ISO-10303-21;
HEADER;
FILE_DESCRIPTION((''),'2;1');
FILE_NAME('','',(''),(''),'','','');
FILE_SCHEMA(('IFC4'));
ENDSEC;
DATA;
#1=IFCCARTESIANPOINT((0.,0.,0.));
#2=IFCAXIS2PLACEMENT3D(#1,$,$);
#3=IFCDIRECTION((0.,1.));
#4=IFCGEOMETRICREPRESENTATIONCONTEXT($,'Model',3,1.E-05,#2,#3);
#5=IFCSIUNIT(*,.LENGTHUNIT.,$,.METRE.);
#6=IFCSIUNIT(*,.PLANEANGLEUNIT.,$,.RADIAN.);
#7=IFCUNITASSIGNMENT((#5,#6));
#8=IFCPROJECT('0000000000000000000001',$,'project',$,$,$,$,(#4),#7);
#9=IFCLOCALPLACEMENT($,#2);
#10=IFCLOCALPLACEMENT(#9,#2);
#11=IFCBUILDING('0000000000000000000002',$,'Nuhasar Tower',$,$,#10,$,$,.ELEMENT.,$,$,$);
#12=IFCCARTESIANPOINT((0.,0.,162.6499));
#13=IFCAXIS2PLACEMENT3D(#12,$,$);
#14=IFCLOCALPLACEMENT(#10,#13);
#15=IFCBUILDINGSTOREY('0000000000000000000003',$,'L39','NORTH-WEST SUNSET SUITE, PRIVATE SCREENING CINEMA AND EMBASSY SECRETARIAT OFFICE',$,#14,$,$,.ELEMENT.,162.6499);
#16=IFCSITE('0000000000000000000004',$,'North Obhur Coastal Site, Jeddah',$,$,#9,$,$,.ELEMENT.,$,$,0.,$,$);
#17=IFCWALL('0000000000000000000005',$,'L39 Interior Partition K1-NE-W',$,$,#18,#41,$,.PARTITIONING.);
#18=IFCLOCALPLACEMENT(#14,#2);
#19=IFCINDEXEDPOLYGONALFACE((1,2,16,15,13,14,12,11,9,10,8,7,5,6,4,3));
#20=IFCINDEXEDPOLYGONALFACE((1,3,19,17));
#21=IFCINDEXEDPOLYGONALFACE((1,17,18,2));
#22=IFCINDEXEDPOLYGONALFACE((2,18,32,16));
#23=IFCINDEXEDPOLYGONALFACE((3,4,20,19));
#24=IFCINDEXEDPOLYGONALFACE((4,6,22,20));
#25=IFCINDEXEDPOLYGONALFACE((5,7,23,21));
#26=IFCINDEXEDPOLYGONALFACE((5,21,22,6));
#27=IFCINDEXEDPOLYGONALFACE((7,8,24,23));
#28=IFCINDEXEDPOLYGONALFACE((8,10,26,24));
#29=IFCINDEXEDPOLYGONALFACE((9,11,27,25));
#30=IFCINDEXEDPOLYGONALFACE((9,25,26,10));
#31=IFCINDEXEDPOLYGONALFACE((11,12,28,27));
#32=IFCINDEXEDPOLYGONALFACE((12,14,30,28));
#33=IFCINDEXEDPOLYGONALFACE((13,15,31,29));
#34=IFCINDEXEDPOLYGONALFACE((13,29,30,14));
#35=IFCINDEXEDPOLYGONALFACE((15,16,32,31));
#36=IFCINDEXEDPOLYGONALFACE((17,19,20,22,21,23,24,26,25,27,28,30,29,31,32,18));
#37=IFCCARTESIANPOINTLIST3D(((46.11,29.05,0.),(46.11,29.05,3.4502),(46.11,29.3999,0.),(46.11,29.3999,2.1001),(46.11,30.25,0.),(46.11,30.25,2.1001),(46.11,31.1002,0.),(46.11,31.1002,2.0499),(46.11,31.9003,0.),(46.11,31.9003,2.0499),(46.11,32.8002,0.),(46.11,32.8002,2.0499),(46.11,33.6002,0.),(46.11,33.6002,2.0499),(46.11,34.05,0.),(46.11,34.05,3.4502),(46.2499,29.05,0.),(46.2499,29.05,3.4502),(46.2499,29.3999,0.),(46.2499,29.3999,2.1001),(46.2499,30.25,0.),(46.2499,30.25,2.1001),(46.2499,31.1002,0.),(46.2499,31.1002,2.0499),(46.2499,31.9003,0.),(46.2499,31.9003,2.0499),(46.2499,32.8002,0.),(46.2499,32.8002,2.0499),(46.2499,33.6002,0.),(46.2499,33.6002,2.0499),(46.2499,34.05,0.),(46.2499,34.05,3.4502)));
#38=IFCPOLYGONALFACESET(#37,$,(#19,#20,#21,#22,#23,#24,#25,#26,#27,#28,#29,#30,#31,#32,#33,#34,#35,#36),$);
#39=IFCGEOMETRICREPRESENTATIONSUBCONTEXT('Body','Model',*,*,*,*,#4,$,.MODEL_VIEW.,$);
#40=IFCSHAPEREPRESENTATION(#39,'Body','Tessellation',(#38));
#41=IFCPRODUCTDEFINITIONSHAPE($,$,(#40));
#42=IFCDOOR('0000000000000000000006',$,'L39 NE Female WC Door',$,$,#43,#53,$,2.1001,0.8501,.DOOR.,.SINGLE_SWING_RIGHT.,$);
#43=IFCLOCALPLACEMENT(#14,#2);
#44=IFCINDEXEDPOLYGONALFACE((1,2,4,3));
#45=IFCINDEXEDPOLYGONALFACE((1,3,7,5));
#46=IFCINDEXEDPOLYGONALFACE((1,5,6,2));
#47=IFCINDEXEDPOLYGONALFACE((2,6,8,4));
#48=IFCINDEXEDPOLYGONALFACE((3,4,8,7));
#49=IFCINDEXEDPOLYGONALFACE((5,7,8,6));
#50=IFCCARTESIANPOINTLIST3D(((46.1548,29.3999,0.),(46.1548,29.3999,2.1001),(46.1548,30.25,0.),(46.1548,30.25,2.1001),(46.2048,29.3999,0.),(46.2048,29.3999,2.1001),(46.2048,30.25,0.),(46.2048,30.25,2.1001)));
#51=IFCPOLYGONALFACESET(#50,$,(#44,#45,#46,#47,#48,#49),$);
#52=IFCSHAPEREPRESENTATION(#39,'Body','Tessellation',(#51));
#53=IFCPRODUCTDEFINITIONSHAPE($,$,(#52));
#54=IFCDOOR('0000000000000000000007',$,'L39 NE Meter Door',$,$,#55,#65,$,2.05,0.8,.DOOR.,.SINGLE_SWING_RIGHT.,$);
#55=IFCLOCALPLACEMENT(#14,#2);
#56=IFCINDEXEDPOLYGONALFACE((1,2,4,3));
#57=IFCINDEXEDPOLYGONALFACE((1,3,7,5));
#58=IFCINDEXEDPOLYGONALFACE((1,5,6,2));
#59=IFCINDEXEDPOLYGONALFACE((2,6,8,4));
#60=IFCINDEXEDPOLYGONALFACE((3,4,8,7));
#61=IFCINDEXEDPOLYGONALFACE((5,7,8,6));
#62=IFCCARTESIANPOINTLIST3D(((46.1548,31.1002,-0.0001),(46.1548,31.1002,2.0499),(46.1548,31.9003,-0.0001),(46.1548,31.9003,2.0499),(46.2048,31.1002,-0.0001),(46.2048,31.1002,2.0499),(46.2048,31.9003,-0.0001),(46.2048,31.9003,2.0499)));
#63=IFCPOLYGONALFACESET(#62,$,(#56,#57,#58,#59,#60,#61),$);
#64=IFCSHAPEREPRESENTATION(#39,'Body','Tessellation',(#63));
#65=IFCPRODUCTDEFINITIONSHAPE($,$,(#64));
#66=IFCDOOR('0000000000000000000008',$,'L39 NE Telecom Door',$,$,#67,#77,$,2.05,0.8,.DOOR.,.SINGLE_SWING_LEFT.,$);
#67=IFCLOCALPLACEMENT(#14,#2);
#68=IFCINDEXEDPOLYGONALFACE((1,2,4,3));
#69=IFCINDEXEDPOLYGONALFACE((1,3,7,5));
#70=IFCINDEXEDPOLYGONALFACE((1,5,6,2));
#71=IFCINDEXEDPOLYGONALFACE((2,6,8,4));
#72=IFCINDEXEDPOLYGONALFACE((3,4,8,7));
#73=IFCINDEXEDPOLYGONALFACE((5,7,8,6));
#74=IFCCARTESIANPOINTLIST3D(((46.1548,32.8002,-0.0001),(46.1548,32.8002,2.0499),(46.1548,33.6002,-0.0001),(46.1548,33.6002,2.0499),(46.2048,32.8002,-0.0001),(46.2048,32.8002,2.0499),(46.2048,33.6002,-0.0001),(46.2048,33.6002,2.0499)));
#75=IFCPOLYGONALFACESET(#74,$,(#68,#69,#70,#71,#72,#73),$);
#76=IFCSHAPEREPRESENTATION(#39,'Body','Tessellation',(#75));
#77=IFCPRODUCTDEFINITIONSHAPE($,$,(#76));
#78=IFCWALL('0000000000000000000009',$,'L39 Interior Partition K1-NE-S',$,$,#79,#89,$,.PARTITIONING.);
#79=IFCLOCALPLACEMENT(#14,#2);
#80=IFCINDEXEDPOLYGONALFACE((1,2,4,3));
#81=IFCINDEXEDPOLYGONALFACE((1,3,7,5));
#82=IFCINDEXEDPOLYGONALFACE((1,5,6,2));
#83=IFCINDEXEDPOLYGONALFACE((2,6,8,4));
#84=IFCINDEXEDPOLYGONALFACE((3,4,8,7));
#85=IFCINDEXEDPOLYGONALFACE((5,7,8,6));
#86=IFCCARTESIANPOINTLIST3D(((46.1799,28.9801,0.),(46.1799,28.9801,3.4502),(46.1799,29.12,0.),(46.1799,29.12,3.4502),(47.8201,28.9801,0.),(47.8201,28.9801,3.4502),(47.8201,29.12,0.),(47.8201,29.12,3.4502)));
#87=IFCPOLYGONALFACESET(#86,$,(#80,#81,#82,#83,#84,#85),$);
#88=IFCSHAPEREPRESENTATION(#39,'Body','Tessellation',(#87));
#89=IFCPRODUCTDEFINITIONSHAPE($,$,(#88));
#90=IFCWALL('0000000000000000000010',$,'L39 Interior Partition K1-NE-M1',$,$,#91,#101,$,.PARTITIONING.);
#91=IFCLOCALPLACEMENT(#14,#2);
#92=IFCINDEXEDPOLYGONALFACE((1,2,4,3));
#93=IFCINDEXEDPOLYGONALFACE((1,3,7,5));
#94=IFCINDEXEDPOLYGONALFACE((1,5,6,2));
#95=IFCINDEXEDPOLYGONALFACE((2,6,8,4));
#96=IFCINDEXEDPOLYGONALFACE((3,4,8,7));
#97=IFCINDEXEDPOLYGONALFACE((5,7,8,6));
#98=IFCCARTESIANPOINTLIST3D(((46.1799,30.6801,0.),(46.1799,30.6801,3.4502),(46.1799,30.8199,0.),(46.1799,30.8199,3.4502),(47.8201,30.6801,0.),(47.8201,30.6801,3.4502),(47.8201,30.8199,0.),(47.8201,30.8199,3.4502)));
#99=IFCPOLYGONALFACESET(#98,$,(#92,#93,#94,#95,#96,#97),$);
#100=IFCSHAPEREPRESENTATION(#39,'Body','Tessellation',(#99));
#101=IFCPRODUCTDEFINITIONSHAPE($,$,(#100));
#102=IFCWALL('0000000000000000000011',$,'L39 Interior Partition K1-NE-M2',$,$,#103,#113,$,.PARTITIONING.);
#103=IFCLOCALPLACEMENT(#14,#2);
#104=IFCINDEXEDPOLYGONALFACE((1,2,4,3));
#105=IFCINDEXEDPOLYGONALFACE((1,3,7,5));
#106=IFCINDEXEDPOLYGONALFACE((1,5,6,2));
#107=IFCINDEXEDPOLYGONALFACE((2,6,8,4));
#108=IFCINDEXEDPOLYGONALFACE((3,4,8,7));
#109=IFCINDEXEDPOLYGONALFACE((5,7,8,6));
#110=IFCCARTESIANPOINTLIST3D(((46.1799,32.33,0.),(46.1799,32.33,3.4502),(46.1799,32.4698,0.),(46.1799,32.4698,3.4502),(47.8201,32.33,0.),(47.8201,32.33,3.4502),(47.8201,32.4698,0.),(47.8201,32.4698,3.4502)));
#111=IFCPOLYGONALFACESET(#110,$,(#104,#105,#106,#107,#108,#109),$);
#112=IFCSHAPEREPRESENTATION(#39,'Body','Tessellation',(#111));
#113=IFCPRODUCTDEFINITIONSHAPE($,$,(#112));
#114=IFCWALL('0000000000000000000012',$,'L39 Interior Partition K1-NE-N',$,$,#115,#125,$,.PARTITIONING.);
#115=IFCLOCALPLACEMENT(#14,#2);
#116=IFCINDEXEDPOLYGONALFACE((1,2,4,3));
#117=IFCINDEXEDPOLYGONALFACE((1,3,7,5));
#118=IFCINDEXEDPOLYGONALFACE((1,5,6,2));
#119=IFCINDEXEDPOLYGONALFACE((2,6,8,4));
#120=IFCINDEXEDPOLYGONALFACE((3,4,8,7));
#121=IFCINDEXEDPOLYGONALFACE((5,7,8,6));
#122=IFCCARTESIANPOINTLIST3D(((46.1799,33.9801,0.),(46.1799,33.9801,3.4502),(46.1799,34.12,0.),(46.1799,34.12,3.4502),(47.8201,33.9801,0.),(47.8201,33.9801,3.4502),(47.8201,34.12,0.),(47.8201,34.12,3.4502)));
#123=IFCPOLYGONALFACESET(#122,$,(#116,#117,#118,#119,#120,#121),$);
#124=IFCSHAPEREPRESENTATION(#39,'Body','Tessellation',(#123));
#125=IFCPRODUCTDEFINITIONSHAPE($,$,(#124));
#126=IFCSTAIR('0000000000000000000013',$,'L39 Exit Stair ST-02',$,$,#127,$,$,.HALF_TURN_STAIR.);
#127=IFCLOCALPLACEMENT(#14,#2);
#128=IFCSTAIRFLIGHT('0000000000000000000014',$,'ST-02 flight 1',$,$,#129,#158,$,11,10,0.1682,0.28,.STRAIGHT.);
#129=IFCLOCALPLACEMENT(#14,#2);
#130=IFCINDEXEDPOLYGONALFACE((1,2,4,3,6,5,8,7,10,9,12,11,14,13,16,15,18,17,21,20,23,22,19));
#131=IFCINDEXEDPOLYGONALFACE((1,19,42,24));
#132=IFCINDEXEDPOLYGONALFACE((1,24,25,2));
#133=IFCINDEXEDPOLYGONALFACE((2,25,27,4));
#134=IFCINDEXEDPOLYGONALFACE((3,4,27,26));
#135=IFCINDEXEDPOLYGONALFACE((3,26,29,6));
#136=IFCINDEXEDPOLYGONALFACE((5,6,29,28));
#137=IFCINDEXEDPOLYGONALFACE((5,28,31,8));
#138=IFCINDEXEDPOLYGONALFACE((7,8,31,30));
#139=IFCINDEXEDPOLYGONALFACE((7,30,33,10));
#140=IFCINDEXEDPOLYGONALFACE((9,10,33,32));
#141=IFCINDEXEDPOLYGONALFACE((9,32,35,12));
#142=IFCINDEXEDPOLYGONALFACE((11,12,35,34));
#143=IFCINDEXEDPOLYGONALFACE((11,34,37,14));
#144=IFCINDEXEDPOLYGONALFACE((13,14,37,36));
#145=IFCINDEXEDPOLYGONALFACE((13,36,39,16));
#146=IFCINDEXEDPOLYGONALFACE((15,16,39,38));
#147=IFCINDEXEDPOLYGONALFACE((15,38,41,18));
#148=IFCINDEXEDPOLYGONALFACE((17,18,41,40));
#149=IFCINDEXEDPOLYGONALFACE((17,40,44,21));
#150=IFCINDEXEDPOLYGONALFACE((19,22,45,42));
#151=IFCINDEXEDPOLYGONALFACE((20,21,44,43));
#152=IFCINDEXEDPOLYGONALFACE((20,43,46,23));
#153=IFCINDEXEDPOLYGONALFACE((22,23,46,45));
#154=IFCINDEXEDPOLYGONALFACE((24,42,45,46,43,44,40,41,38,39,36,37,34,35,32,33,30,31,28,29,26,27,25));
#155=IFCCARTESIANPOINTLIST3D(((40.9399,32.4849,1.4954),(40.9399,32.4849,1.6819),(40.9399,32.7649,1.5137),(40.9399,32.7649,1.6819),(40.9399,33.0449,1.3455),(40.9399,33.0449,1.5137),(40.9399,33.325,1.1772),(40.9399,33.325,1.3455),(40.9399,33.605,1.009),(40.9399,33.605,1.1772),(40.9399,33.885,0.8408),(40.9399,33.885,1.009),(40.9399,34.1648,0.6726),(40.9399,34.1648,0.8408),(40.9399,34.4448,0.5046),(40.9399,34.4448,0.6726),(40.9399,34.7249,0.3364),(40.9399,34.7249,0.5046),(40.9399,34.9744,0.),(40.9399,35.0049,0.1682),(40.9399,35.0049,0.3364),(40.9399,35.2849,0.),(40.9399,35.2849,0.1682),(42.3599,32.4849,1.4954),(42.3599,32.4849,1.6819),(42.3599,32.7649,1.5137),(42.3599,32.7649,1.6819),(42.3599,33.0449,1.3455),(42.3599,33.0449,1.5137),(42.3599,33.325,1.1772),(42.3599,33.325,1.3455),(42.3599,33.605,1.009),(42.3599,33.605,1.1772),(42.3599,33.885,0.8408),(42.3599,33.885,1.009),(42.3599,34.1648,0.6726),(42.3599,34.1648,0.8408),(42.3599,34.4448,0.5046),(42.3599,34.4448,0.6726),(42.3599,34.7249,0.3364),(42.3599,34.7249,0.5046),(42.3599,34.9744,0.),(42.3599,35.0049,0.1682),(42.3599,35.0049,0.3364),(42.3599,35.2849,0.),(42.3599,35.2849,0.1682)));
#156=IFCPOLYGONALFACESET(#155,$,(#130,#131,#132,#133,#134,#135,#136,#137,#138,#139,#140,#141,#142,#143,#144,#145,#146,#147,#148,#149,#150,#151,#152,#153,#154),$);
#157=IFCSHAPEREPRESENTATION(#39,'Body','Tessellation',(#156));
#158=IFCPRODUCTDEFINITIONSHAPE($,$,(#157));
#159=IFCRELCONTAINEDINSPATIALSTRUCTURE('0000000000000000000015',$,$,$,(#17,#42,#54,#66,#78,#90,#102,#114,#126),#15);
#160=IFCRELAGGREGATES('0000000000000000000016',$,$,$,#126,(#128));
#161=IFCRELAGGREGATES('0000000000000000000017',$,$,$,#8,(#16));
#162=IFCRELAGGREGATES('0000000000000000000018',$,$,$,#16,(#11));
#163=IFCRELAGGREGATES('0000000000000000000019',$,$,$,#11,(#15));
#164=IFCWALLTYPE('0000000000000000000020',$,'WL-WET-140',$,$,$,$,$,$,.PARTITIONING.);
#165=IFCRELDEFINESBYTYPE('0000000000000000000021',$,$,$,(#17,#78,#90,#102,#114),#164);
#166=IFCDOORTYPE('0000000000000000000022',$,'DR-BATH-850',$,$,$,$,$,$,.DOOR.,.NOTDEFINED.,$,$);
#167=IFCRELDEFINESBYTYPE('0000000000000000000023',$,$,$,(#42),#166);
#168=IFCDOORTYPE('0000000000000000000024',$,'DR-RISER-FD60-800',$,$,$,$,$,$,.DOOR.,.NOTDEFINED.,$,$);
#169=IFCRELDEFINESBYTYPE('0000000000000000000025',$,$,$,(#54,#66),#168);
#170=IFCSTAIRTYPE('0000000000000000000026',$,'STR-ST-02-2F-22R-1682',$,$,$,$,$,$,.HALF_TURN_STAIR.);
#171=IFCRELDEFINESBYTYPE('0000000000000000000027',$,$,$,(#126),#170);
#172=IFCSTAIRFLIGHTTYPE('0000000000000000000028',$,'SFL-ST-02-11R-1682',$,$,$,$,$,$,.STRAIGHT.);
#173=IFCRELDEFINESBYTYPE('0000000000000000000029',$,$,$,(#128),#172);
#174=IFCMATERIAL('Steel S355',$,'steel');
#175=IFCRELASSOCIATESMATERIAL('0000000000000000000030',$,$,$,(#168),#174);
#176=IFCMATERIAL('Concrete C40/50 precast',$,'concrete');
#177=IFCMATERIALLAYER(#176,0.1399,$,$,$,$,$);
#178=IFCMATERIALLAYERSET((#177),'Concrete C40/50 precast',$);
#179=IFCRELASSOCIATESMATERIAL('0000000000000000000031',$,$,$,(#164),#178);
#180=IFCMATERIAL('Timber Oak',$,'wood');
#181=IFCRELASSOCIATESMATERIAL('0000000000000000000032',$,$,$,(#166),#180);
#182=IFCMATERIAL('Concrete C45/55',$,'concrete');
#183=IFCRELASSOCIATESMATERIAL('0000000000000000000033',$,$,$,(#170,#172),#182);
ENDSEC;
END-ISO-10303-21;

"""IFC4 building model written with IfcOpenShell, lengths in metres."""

from ifc_helpers import new_model, si_unit, direction, frame, frame_2d, origin, place, context, subcontext, project, spatial, polyline, rectangle, outline, extrude, material, layer, layer_set, type_object, element, fill, aggregate, save


model = new_model("IFC4")

# Units and contexts
model_context = context("Model", 3, precision=1e-05, world=origin(), true_north=direction((0.0, 1.0)))
body_context = subcontext(model_context, "Body", "Model", "MODEL_VIEW")
ifc_project = project(units=[si_unit("LENGTHUNIT", "METRE"), si_unit("PLANEANGLEUNIT", "RADIAN")], contexts=[model_context])

# Site, building, storey
site_placement = place(None, origin())
site = spatial("IfcSite", under=ifc_project, at=site_placement, Name="North Obhur Coastal Site, Jeddah", CompositionType="ELEMENT", RefElevation=0.0)
building_placement = place(site_placement, origin())
building = spatial("IfcBuilding", under=site, at=building_placement, Name="Nuhasar Tower", CompositionType="ELEMENT")
storey_placement = place(building_placement, frame((0.0, 0.0, 162.6499)))
storey = spatial("IfcBuildingStorey", under=building, at=storey_placement, Name="L39", Description="NORTH-WEST SUNSET SUITE, PRIVATE SCREENING CINEMA AND EMBASSY SECRETARIAT OFFICE", CompositionType="ELEMENT", Elevation=162.6499)

# Shared definitions
ifc_material_1 = material(Name="Steel S355", Category="steel")

# Shared definitions
ifc_material_2 = material(Name="Concrete C45/55", Category="concrete")

# Shared definitions
door_type_1 = type_object("IfcDoorType", Name="DR-RISER-FD60-800", OperationType="NOTDEFINED", PredefinedType="DOOR", material=ifc_material_1)

# Shared definitions
ifc_material_3 = material(Name="Concrete C40/50 precast", Category="concrete")
ifc_layer_1 = layer(ifc_material_3, 0.1399)
ifc_layer_set_1 = layer_set([ifc_layer_1], Name="Concrete C40/50 precast")
wall_type_1 = type_object("IfcWallType", Name="WL-WET-140", PredefinedType="PARTITIONING", material=ifc_layer_set_1)

# Wall, openings, doors
wall_1_placement = place(storey_placement, frame((46.1799, 34.05, 0.0), z_axis=(0.0, 0.0, 1.0), x_axis=(0.0, -1.0, 0.0)))
wall_1 = element("IfcWall", 1, at=wall_1_placement, inside=storey, type_object=wall_type_1, Name="L39 Interior Partition K1-NE-W", PredefinedType="PARTITIONING", context=body_context, shape_type="SweptSolid", body=[
    extrude(rectangle(XDim=5.0, YDim=0.1399, at=frame_2d((2.5, 0.0))), origin(), (0.0, 0.0, 1.0), 3.4502),
])
opening_1_placement = place(wall_1_placement, frame((3.8, 0.0, 0.0)))
opening_1 = element("IfcOpeningElement", 2, at=opening_1_placement, cuts=wall_1, PredefinedType="OPENING", context=body_context, shape_type="SweptSolid", body=[
    extrude(rectangle(XDim=0.8501, YDim=2.1001, at=frame_2d((0.425, 1.05))), frame((0.0, 0.0801, 0.0), z_axis=(0.0, -1.0, 0.0), x_axis=(1.0, 0.0, 0.0)), (0.0, 0.0, 1.0), 0.1599),
])
opening_2_placement = place(wall_1_placement, frame((2.1499, 0.0, 0.0)))
opening_2 = element("IfcOpeningElement", 3, at=opening_2_placement, cuts=wall_1, PredefinedType="OPENING", context=body_context, shape_type="SweptSolid", body=[
    extrude(rectangle(XDim=0.8, YDim=2.05, at=frame_2d((0.3999, 1.0249))), frame((0.0, 0.0801, 0.0), z_axis=(0.0, -1.0, 0.0), x_axis=(1.0, 0.0, 0.0)), (0.0, 0.0, 1.0), 0.1599),
])
opening_3_placement = place(wall_1_placement, frame((0.45, 0.0, 0.0)))
opening_3 = element("IfcOpeningElement", 4, at=opening_3_placement, cuts=wall_1, PredefinedType="OPENING", context=body_context, shape_type="SweptSolid", body=[
    extrude(rectangle(XDim=0.8, YDim=2.05, at=frame_2d((0.3999, 1.0249))), frame((0.0, 0.0801, 0.0), z_axis=(0.0, -1.0, 0.0), x_axis=(1.0, 0.0, 0.0)), (0.0, 0.0, 1.0), 0.1599),
])
ifc_material_4 = material(Name="Timber Oak", Category="wood")
door_type_2 = type_object("IfcDoorType", Name="DR-BATH-850", OperationType="NOTDEFINED", PredefinedType="DOOR", material=ifc_material_4)
door_1_placement = place(opening_1_placement, origin())
door_1 = element("IfcDoor", 5, at=door_1_placement, inside=storey, type_object=door_type_2, Name="L39 NE Female WC Door", OperationType="SINGLE_SWING_RIGHT", OverallHeight=2.1001, OverallWidth=0.8501, PredefinedType="DOOR", context=body_context, shape_type="SweptSolid", body=[
    extrude(rectangle(XDim=0.8501, YDim=2.1001, at=frame_2d((0.425, 1.05))), frame((0.0, 0.0249, 0.0), z_axis=(0.0, -1.0, 0.0), x_axis=(1.0, 0.0, 0.0)), (0.0, 0.0, 1.0), 0.05),
])
fill(opening_1, door_1)
door_2_placement = place(opening_2_placement, origin())
door_2 = element("IfcDoor", 6, at=door_2_placement, inside=storey, type_object=door_type_1, Name="L39 NE Meter Door", OperationType="SINGLE_SWING_RIGHT", OverallHeight=2.05, OverallWidth=0.8, PredefinedType="DOOR", context=body_context, shape_type="SweptSolid", body=[
    extrude(rectangle(XDim=0.8, YDim=2.05, at=frame_2d((0.3999, 1.0249))), frame((0.0, 0.0249, 0.0), z_axis=(0.0, -1.0, 0.0), x_axis=(1.0, 0.0, 0.0)), (0.0, 0.0, 1.0), 0.05),
])
fill(opening_2, door_2)
door_3_placement = place(opening_3_placement, origin())
door_3 = element("IfcDoor", 7, at=door_3_placement, inside=storey, type_object=door_type_1, Name="L39 NE Telecom Door", OperationType="SINGLE_SWING_LEFT", OverallHeight=2.05, OverallWidth=0.8, PredefinedType="DOOR", context=body_context, shape_type="SweptSolid", body=[
    extrude(rectangle(XDim=0.8, YDim=2.05, at=frame_2d((0.3999, 1.0249))), frame((0.0, 0.0249, 0.0), z_axis=(0.0, -1.0, 0.0), x_axis=(1.0, 0.0, 0.0)), (0.0, 0.0, 1.0), 0.05),
])
fill(opening_3, door_3)

# Walls
for number, where, z_axis, x_axis, name in (
    (8, (46.1799, 29.05, 0.0), (0.0, 0.0, 1.0), (1.0, 0.0, 0.0), "L39 Interior Partition K1-NE-S"),
    (9, (46.1799, 30.75, 0.0), (0.0, 0.0, 1.0), (1.0, 0.0, 0.0), "L39 Interior Partition K1-NE-M1"),
    (10, (46.1799, 32.3999, 0.0), (0.0, 0.0, 1.0), (1.0, 0.0, 0.0), "L39 Interior Partition K1-NE-M2"),
    (11, (46.1799, 34.05, 0.0), (0.0, 0.0, 1.0), (1.0, 0.0, 0.0), "L39 Interior Partition K1-NE-N"),
):
    element("IfcWall", number, at=place(storey_placement, frame(where, z_axis=z_axis, x_axis=x_axis)), inside=storey, type_object=wall_type_1, Name=name, PredefinedType="PARTITIONING", context=body_context, shape_type="SweptSolid", body=[
        extrude(rectangle(XDim=1.6401, YDim=0.1399, at=frame_2d((0.8201, 0.0))), origin(), (0.0, 0.0, 1.0), 3.4502),
    ])

# Stair, stair flight
stair_type_1 = type_object("IfcStairType", Name="STR-ST-02-2F-22R-1682", PredefinedType="HALF_TURN_STAIR", material=ifc_material_2)
stair_1_placement = place(storey_placement, origin())
stair_1 = element("IfcStair", 12, at=stair_1_placement, inside=storey, type_object=stair_type_1, Name="L39 Exit Stair ST-02", PredefinedType="HALF_TURN_STAIR")
stair_flight_type_1 = type_object("IfcStairFlightType", Name="SFL-ST-02-11R-1682", PredefinedType="STRAIGHT", material=ifc_material_2)
stair_flight_1_placement = place(storey_placement, frame((41.6499, 35.2849, 0.0), z_axis=(0.0, 0.0, 1.0), x_axis=(0.0, -1.0, 0.0)))
stair_flight_1 = element("IfcStairFlight", 13, at=stair_flight_1_placement, type_object=stair_flight_type_1, Name="ST-02 flight 1", NumberOfRisers=11, NumberOfTreads=10, PredefinedType="STRAIGHT", RiserHeight=0.1682, TreadLength=0.28, context=body_context, shape_type="SweptSolid", body=[
    extrude(outline(polyline([(0.0, 0.0), (0.0, 0.1682), (0.28, 0.1682), (0.28, 0.3364), (0.5601, 0.3364), (0.5601, 0.5046), (0.8401, 0.5046), (0.8401, 0.6726), (1.1201, 0.6726), (1.1201, 0.8408), (1.3999, 0.8408), (1.3999, 1.009), (1.6799, 1.009), (1.6799, 1.1772), (1.96, 1.1772), (1.96, 1.3455), (2.24, 1.3455), (2.24, 1.5137), (2.52, 1.5137), (2.52, 1.6819), (2.8, 1.6819), (2.8, 1.8501), (2.8, 1.4954), (0.3105, 0.0), (0.0, 0.0)])), frame((0.0, 0.71, 0.0), z_axis=(0.0, -1.0, 0.0), x_axis=(1.0, 0.0, 0.0)), (0.0, 0.0, 1.0), 1.4199),
])
aggregate(stair_1, [stair_flight_1])

save(model, "model.ifc")
